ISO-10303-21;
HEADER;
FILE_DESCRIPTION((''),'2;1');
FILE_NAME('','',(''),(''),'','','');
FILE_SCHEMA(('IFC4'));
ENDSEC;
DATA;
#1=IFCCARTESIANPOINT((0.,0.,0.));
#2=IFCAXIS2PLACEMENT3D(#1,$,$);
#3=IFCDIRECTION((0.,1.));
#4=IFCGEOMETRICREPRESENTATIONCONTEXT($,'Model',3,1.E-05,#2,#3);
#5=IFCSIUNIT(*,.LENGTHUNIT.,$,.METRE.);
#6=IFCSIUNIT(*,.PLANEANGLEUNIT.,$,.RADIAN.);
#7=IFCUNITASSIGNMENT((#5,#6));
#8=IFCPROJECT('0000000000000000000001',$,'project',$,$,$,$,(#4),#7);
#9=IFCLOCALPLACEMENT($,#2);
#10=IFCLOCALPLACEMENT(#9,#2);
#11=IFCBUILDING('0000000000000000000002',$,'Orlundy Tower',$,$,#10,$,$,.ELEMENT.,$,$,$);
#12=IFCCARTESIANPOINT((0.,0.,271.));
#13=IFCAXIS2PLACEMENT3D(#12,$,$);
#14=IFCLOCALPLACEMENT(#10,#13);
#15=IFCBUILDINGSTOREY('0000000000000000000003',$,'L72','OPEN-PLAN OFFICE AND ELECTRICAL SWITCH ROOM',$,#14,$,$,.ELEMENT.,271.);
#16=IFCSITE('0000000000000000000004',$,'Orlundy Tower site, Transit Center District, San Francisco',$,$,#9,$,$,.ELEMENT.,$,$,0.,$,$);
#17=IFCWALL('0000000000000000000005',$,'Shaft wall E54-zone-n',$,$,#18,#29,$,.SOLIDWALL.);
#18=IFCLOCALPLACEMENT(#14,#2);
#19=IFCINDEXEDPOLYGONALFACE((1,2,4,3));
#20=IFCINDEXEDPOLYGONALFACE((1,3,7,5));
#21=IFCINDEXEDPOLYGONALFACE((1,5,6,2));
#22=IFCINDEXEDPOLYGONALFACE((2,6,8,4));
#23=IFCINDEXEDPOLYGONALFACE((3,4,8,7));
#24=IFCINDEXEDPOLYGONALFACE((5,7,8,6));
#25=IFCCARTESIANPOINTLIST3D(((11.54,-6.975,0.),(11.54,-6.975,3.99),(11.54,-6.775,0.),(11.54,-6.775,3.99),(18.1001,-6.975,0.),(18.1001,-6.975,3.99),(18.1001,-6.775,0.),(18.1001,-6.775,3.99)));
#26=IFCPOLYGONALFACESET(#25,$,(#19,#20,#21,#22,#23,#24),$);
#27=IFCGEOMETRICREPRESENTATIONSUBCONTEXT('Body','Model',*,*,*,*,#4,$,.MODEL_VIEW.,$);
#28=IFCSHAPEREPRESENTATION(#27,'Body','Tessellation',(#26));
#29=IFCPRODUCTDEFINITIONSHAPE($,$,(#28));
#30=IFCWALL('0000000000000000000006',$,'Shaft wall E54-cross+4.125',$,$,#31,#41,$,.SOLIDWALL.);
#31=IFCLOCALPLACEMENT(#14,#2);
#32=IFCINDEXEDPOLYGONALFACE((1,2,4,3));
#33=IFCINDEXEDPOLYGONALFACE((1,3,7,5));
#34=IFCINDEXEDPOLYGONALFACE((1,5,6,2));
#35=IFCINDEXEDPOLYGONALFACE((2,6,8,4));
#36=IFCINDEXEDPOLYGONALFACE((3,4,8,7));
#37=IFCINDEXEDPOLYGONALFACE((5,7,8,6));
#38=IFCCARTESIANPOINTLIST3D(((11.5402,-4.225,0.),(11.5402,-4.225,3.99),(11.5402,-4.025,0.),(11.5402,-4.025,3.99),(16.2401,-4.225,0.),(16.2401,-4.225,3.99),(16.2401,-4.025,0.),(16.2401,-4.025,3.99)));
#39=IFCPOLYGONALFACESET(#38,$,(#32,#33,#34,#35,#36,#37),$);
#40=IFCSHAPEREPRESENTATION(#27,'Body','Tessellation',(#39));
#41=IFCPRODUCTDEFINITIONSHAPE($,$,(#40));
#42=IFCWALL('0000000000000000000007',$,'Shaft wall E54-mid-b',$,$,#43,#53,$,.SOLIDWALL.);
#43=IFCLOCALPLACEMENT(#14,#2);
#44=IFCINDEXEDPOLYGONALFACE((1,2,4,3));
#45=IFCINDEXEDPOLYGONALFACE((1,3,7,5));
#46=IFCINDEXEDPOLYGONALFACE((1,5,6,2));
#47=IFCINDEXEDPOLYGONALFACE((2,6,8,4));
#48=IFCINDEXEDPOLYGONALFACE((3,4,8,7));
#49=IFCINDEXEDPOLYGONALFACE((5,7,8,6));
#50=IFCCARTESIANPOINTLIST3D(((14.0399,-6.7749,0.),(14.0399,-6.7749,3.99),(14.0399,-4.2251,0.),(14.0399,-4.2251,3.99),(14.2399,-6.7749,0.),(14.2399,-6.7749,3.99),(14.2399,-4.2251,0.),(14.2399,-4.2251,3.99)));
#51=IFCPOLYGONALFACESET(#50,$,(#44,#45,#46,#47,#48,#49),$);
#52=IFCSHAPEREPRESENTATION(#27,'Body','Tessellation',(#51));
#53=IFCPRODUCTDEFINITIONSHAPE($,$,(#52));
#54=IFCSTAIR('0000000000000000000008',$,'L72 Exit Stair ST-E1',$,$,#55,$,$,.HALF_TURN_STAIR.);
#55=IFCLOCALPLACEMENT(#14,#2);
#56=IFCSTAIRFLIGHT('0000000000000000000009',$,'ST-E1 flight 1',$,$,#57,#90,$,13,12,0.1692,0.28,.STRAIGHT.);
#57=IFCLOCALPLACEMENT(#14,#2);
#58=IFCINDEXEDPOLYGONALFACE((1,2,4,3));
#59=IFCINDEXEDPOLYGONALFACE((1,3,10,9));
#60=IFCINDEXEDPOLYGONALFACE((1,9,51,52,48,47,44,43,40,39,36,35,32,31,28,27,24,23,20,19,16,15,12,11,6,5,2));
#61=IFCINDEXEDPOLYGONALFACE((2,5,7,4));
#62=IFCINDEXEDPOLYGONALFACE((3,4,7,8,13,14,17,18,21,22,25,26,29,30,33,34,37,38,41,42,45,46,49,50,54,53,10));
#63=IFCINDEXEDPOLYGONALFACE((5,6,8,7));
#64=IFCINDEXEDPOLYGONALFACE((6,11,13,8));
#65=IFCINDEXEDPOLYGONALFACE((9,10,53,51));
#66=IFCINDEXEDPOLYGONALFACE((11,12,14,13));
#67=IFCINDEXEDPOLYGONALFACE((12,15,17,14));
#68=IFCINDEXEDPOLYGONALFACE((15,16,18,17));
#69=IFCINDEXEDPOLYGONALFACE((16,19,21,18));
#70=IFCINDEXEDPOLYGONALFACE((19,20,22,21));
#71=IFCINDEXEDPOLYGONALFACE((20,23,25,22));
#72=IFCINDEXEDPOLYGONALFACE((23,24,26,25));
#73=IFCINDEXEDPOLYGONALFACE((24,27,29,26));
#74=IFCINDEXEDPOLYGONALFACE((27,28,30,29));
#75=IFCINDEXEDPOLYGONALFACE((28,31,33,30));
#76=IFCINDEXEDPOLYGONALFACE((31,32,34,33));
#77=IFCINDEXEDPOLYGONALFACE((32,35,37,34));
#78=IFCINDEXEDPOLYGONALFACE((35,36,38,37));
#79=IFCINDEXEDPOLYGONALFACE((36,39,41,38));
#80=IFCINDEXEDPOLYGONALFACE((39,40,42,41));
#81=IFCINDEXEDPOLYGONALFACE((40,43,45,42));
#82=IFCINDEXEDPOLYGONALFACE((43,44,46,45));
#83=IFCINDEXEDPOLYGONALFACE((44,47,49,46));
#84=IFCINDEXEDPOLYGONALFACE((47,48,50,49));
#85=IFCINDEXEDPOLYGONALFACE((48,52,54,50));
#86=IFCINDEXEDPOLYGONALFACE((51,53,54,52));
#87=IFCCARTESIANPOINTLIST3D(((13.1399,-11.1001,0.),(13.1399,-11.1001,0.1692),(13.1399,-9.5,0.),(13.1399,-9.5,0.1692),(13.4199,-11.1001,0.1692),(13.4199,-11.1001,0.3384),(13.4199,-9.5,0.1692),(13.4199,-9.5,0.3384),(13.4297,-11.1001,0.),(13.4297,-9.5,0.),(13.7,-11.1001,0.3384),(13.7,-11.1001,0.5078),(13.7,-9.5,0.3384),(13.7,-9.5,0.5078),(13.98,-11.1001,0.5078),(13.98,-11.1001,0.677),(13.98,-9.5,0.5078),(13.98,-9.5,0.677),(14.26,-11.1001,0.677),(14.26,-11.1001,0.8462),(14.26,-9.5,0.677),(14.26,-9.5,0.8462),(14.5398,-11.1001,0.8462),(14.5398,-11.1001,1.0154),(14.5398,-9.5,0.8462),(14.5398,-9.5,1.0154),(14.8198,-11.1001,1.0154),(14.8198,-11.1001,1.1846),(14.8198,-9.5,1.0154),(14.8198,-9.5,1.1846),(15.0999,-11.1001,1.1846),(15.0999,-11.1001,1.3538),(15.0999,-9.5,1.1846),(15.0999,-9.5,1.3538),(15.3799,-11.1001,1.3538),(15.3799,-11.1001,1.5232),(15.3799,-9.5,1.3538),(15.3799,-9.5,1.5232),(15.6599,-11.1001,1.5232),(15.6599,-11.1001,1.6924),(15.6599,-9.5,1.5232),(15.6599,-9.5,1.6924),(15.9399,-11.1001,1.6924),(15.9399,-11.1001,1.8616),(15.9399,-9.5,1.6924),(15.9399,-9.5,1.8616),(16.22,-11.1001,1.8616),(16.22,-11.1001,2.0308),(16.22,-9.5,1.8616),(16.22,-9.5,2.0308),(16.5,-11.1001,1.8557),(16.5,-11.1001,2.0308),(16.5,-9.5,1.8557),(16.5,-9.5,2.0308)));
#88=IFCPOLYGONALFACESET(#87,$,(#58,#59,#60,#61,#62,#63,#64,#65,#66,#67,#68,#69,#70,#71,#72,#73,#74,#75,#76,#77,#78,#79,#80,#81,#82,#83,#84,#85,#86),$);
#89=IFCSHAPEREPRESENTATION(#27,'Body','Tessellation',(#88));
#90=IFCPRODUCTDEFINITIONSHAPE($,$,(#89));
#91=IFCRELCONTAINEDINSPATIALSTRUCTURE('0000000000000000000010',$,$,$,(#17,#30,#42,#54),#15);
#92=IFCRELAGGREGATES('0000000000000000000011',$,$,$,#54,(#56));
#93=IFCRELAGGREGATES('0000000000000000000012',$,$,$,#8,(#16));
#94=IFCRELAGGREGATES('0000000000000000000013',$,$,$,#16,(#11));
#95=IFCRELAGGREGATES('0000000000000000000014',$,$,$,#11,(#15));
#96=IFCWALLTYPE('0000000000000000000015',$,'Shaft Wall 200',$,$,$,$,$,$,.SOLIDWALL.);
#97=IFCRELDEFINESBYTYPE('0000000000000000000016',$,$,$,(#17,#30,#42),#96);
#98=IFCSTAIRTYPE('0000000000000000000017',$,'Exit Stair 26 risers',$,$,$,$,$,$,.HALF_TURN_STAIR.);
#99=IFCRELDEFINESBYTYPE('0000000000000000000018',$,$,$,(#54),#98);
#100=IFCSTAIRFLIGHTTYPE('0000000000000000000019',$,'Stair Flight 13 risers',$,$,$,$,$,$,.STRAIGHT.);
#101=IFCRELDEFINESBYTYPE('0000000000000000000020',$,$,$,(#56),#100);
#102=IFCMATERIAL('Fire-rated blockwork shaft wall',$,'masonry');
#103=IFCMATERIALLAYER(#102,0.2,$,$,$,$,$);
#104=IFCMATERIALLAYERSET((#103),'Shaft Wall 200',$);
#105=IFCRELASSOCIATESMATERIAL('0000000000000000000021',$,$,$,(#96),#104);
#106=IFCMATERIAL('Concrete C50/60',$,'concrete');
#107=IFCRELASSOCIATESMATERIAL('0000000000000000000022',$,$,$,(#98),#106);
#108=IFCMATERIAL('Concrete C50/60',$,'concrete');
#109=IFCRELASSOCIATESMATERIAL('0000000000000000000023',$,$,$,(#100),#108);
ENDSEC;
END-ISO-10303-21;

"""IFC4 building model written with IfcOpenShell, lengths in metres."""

from ifc_helpers import new_model, si_unit, direction, frame, frame_2d, origin, place, context, subcontext, project, spatial, polyline, rectangle, outline, extrude, material, layer, layer_set, type_object, element, aggregate, save


model = new_model("IFC4")

# Units and contexts
model_context = context("Model", 3, precision=1e-05, world=origin(), true_north=direction((0.0, 1.0)))
body_context = subcontext(model_context, "Body", "Model", "MODEL_VIEW")
ifc_project = project(units=[si_unit("LENGTHUNIT", "METRE"), si_unit("PLANEANGLEUNIT", "RADIAN")], contexts=[model_context])

# Site, building, storey
site_placement = place(None, origin())
site = spatial("IfcSite", under=ifc_project, at=site_placement, Name="Orlundy Tower site, Transit Center District, San Francisco", CompositionType="ELEMENT", RefElevation=0.0)
building_placement = place(site_placement, origin())
building = spatial("IfcBuilding", under=site, at=building_placement, Name="Orlundy Tower", CompositionType="ELEMENT")
storey_placement = place(building_placement, frame((0.0, 0.0, 271.0)))
storey = spatial("IfcBuildingStorey", under=building, at=storey_placement, Name="L72", Description="OPEN-PLAN OFFICE AND ELECTRICAL SWITCH ROOM", CompositionType="ELEMENT", Elevation=271.0)

# Walls
ifc_material_1 = material(Name="Fire-rated blockwork shaft wall", Category="masonry")
ifc_layer_1 = layer(ifc_material_1, 0.2)
ifc_layer_set_1 = layer_set([ifc_layer_1], Name="Shaft Wall 200")
wall_type_1 = type_object("IfcWallType", Name="Shaft Wall 200", PredefinedType="SOLIDWALL", material=ifc_layer_set_1)
wall_1_placement = place(storey_placement, frame((11.54, -6.875, 0.0), z_axis=(0.0, 0.0, 1.0), x_axis=(1.0, 0.0, 0.0)))
element("IfcWall", 1, at=wall_1_placement, inside=storey, type_object=wall_type_1, Name="Shaft wall E54-zone-n", PredefinedType="SOLIDWALL", context=body_context, shape_type="SweptSolid", body=[
    extrude(rectangle(XDim=6.5601, YDim=0.2, at=frame_2d((3.28, 0.0))), origin(), (0.0, 0.0, 1.0), 3.99),
])
wall_2_placement = place(storey_placement, frame((11.54, -4.125, 0.0), z_axis=(0.0, 0.0, 1.0), x_axis=(1.0, 0.0, 0.0)))
element("IfcWall", 2, at=wall_2_placement, inside=storey, type_object=wall_type_1, Name="Shaft wall E54-cross+4.125", PredefinedType="SOLIDWALL", context=body_context, shape_type="SweptSolid", body=[
    extrude(rectangle(XDim=4.7, YDim=0.2, at=frame_2d((2.3501, 0.0))), origin(), (0.0, 0.0, 1.0), 3.99),
])
wall_3_placement = place(storey_placement, frame((14.1399, -4.2251, 0.0), z_axis=(0.0, 0.0, 1.0), x_axis=(0.0, -1.0, 0.0)))
element("IfcWall", 3, at=wall_3_placement, inside=storey, type_object=wall_type_1, Name="Shaft wall E54-mid-b", PredefinedType="SOLIDWALL", context=body_context, shape_type="SweptSolid", body=[
    extrude(rectangle(XDim=2.5498, YDim=0.2, at=frame_2d((1.2749, 0.0))), origin(), (0.0, 0.0, 1.0), 3.99),
])

# Stair, stair flight
ifc_material_2 = material(Name="Concrete C50/60", Category="concrete")
stair_type = type_object("IfcStairType", Name="Exit Stair 26 risers", PredefinedType="HALF_TURN_STAIR", material=ifc_material_2)
stair_placement = place(storey_placement, origin())
stair = element("IfcStair", 4, at=stair_placement, inside=storey, type_object=stair_type, Name="L72 Exit Stair ST-E1", PredefinedType="HALF_TURN_STAIR")
ifc_material_3 = material(Name="Concrete C50/60", Category="concrete")
stair_flight_type = type_object("IfcStairFlightType", Name="Stair Flight 13 risers", PredefinedType="STRAIGHT", material=ifc_material_3)
stair_flight_placement = place(storey_placement, frame((13.1399, -10.3, 0.0), z_axis=(0.0, 0.0, 1.0), x_axis=(1.0, 0.0, 0.0)))
stair_flight = element("IfcStairFlight", 5, at=stair_flight_placement, type_object=stair_flight_type, Name="ST-E1 flight 1", NumberOfRisers=13, NumberOfTreads=12, PredefinedType="STRAIGHT", RiserHeight=0.1692, TreadLength=0.28, context=body_context, shape_type="SweptSolid", body=[
    extrude(outline(polyline([(0.0, 0.0), (0.0, 0.1692), (0.28, 0.1692), (0.28, 0.3384), (0.5601, 0.3384), (0.5601, 0.5078), (0.8401, 0.5078), (0.8401, 0.677), (1.1201, 0.677), (1.1201, 0.8462), (1.3999, 0.8462), (1.3999, 1.0154), (1.6799, 1.0154), (1.6799, 1.1846), (1.96, 1.1846), (1.96, 1.3538), (2.24, 1.3538), (2.24, 1.5232), (2.52, 1.5232), (2.52, 1.6924), (2.8, 1.6924), (2.8, 1.8616), (3.0801, 1.8616), (3.0801, 2.0308), (3.3601, 2.0308), (3.3601, 2.2), (3.3601, 1.8557), (0.2898, 0.0), (0.0, 0.0)])), frame((0.0, 0.8, 0.0), z_axis=(0.0, -1.0, 0.0), x_axis=(1.0, 0.0, 0.0)), (0.0, 0.0, 1.0), 1.6001),
])
aggregate(stair, [stair_flight])

save(model, "model.ifc")
